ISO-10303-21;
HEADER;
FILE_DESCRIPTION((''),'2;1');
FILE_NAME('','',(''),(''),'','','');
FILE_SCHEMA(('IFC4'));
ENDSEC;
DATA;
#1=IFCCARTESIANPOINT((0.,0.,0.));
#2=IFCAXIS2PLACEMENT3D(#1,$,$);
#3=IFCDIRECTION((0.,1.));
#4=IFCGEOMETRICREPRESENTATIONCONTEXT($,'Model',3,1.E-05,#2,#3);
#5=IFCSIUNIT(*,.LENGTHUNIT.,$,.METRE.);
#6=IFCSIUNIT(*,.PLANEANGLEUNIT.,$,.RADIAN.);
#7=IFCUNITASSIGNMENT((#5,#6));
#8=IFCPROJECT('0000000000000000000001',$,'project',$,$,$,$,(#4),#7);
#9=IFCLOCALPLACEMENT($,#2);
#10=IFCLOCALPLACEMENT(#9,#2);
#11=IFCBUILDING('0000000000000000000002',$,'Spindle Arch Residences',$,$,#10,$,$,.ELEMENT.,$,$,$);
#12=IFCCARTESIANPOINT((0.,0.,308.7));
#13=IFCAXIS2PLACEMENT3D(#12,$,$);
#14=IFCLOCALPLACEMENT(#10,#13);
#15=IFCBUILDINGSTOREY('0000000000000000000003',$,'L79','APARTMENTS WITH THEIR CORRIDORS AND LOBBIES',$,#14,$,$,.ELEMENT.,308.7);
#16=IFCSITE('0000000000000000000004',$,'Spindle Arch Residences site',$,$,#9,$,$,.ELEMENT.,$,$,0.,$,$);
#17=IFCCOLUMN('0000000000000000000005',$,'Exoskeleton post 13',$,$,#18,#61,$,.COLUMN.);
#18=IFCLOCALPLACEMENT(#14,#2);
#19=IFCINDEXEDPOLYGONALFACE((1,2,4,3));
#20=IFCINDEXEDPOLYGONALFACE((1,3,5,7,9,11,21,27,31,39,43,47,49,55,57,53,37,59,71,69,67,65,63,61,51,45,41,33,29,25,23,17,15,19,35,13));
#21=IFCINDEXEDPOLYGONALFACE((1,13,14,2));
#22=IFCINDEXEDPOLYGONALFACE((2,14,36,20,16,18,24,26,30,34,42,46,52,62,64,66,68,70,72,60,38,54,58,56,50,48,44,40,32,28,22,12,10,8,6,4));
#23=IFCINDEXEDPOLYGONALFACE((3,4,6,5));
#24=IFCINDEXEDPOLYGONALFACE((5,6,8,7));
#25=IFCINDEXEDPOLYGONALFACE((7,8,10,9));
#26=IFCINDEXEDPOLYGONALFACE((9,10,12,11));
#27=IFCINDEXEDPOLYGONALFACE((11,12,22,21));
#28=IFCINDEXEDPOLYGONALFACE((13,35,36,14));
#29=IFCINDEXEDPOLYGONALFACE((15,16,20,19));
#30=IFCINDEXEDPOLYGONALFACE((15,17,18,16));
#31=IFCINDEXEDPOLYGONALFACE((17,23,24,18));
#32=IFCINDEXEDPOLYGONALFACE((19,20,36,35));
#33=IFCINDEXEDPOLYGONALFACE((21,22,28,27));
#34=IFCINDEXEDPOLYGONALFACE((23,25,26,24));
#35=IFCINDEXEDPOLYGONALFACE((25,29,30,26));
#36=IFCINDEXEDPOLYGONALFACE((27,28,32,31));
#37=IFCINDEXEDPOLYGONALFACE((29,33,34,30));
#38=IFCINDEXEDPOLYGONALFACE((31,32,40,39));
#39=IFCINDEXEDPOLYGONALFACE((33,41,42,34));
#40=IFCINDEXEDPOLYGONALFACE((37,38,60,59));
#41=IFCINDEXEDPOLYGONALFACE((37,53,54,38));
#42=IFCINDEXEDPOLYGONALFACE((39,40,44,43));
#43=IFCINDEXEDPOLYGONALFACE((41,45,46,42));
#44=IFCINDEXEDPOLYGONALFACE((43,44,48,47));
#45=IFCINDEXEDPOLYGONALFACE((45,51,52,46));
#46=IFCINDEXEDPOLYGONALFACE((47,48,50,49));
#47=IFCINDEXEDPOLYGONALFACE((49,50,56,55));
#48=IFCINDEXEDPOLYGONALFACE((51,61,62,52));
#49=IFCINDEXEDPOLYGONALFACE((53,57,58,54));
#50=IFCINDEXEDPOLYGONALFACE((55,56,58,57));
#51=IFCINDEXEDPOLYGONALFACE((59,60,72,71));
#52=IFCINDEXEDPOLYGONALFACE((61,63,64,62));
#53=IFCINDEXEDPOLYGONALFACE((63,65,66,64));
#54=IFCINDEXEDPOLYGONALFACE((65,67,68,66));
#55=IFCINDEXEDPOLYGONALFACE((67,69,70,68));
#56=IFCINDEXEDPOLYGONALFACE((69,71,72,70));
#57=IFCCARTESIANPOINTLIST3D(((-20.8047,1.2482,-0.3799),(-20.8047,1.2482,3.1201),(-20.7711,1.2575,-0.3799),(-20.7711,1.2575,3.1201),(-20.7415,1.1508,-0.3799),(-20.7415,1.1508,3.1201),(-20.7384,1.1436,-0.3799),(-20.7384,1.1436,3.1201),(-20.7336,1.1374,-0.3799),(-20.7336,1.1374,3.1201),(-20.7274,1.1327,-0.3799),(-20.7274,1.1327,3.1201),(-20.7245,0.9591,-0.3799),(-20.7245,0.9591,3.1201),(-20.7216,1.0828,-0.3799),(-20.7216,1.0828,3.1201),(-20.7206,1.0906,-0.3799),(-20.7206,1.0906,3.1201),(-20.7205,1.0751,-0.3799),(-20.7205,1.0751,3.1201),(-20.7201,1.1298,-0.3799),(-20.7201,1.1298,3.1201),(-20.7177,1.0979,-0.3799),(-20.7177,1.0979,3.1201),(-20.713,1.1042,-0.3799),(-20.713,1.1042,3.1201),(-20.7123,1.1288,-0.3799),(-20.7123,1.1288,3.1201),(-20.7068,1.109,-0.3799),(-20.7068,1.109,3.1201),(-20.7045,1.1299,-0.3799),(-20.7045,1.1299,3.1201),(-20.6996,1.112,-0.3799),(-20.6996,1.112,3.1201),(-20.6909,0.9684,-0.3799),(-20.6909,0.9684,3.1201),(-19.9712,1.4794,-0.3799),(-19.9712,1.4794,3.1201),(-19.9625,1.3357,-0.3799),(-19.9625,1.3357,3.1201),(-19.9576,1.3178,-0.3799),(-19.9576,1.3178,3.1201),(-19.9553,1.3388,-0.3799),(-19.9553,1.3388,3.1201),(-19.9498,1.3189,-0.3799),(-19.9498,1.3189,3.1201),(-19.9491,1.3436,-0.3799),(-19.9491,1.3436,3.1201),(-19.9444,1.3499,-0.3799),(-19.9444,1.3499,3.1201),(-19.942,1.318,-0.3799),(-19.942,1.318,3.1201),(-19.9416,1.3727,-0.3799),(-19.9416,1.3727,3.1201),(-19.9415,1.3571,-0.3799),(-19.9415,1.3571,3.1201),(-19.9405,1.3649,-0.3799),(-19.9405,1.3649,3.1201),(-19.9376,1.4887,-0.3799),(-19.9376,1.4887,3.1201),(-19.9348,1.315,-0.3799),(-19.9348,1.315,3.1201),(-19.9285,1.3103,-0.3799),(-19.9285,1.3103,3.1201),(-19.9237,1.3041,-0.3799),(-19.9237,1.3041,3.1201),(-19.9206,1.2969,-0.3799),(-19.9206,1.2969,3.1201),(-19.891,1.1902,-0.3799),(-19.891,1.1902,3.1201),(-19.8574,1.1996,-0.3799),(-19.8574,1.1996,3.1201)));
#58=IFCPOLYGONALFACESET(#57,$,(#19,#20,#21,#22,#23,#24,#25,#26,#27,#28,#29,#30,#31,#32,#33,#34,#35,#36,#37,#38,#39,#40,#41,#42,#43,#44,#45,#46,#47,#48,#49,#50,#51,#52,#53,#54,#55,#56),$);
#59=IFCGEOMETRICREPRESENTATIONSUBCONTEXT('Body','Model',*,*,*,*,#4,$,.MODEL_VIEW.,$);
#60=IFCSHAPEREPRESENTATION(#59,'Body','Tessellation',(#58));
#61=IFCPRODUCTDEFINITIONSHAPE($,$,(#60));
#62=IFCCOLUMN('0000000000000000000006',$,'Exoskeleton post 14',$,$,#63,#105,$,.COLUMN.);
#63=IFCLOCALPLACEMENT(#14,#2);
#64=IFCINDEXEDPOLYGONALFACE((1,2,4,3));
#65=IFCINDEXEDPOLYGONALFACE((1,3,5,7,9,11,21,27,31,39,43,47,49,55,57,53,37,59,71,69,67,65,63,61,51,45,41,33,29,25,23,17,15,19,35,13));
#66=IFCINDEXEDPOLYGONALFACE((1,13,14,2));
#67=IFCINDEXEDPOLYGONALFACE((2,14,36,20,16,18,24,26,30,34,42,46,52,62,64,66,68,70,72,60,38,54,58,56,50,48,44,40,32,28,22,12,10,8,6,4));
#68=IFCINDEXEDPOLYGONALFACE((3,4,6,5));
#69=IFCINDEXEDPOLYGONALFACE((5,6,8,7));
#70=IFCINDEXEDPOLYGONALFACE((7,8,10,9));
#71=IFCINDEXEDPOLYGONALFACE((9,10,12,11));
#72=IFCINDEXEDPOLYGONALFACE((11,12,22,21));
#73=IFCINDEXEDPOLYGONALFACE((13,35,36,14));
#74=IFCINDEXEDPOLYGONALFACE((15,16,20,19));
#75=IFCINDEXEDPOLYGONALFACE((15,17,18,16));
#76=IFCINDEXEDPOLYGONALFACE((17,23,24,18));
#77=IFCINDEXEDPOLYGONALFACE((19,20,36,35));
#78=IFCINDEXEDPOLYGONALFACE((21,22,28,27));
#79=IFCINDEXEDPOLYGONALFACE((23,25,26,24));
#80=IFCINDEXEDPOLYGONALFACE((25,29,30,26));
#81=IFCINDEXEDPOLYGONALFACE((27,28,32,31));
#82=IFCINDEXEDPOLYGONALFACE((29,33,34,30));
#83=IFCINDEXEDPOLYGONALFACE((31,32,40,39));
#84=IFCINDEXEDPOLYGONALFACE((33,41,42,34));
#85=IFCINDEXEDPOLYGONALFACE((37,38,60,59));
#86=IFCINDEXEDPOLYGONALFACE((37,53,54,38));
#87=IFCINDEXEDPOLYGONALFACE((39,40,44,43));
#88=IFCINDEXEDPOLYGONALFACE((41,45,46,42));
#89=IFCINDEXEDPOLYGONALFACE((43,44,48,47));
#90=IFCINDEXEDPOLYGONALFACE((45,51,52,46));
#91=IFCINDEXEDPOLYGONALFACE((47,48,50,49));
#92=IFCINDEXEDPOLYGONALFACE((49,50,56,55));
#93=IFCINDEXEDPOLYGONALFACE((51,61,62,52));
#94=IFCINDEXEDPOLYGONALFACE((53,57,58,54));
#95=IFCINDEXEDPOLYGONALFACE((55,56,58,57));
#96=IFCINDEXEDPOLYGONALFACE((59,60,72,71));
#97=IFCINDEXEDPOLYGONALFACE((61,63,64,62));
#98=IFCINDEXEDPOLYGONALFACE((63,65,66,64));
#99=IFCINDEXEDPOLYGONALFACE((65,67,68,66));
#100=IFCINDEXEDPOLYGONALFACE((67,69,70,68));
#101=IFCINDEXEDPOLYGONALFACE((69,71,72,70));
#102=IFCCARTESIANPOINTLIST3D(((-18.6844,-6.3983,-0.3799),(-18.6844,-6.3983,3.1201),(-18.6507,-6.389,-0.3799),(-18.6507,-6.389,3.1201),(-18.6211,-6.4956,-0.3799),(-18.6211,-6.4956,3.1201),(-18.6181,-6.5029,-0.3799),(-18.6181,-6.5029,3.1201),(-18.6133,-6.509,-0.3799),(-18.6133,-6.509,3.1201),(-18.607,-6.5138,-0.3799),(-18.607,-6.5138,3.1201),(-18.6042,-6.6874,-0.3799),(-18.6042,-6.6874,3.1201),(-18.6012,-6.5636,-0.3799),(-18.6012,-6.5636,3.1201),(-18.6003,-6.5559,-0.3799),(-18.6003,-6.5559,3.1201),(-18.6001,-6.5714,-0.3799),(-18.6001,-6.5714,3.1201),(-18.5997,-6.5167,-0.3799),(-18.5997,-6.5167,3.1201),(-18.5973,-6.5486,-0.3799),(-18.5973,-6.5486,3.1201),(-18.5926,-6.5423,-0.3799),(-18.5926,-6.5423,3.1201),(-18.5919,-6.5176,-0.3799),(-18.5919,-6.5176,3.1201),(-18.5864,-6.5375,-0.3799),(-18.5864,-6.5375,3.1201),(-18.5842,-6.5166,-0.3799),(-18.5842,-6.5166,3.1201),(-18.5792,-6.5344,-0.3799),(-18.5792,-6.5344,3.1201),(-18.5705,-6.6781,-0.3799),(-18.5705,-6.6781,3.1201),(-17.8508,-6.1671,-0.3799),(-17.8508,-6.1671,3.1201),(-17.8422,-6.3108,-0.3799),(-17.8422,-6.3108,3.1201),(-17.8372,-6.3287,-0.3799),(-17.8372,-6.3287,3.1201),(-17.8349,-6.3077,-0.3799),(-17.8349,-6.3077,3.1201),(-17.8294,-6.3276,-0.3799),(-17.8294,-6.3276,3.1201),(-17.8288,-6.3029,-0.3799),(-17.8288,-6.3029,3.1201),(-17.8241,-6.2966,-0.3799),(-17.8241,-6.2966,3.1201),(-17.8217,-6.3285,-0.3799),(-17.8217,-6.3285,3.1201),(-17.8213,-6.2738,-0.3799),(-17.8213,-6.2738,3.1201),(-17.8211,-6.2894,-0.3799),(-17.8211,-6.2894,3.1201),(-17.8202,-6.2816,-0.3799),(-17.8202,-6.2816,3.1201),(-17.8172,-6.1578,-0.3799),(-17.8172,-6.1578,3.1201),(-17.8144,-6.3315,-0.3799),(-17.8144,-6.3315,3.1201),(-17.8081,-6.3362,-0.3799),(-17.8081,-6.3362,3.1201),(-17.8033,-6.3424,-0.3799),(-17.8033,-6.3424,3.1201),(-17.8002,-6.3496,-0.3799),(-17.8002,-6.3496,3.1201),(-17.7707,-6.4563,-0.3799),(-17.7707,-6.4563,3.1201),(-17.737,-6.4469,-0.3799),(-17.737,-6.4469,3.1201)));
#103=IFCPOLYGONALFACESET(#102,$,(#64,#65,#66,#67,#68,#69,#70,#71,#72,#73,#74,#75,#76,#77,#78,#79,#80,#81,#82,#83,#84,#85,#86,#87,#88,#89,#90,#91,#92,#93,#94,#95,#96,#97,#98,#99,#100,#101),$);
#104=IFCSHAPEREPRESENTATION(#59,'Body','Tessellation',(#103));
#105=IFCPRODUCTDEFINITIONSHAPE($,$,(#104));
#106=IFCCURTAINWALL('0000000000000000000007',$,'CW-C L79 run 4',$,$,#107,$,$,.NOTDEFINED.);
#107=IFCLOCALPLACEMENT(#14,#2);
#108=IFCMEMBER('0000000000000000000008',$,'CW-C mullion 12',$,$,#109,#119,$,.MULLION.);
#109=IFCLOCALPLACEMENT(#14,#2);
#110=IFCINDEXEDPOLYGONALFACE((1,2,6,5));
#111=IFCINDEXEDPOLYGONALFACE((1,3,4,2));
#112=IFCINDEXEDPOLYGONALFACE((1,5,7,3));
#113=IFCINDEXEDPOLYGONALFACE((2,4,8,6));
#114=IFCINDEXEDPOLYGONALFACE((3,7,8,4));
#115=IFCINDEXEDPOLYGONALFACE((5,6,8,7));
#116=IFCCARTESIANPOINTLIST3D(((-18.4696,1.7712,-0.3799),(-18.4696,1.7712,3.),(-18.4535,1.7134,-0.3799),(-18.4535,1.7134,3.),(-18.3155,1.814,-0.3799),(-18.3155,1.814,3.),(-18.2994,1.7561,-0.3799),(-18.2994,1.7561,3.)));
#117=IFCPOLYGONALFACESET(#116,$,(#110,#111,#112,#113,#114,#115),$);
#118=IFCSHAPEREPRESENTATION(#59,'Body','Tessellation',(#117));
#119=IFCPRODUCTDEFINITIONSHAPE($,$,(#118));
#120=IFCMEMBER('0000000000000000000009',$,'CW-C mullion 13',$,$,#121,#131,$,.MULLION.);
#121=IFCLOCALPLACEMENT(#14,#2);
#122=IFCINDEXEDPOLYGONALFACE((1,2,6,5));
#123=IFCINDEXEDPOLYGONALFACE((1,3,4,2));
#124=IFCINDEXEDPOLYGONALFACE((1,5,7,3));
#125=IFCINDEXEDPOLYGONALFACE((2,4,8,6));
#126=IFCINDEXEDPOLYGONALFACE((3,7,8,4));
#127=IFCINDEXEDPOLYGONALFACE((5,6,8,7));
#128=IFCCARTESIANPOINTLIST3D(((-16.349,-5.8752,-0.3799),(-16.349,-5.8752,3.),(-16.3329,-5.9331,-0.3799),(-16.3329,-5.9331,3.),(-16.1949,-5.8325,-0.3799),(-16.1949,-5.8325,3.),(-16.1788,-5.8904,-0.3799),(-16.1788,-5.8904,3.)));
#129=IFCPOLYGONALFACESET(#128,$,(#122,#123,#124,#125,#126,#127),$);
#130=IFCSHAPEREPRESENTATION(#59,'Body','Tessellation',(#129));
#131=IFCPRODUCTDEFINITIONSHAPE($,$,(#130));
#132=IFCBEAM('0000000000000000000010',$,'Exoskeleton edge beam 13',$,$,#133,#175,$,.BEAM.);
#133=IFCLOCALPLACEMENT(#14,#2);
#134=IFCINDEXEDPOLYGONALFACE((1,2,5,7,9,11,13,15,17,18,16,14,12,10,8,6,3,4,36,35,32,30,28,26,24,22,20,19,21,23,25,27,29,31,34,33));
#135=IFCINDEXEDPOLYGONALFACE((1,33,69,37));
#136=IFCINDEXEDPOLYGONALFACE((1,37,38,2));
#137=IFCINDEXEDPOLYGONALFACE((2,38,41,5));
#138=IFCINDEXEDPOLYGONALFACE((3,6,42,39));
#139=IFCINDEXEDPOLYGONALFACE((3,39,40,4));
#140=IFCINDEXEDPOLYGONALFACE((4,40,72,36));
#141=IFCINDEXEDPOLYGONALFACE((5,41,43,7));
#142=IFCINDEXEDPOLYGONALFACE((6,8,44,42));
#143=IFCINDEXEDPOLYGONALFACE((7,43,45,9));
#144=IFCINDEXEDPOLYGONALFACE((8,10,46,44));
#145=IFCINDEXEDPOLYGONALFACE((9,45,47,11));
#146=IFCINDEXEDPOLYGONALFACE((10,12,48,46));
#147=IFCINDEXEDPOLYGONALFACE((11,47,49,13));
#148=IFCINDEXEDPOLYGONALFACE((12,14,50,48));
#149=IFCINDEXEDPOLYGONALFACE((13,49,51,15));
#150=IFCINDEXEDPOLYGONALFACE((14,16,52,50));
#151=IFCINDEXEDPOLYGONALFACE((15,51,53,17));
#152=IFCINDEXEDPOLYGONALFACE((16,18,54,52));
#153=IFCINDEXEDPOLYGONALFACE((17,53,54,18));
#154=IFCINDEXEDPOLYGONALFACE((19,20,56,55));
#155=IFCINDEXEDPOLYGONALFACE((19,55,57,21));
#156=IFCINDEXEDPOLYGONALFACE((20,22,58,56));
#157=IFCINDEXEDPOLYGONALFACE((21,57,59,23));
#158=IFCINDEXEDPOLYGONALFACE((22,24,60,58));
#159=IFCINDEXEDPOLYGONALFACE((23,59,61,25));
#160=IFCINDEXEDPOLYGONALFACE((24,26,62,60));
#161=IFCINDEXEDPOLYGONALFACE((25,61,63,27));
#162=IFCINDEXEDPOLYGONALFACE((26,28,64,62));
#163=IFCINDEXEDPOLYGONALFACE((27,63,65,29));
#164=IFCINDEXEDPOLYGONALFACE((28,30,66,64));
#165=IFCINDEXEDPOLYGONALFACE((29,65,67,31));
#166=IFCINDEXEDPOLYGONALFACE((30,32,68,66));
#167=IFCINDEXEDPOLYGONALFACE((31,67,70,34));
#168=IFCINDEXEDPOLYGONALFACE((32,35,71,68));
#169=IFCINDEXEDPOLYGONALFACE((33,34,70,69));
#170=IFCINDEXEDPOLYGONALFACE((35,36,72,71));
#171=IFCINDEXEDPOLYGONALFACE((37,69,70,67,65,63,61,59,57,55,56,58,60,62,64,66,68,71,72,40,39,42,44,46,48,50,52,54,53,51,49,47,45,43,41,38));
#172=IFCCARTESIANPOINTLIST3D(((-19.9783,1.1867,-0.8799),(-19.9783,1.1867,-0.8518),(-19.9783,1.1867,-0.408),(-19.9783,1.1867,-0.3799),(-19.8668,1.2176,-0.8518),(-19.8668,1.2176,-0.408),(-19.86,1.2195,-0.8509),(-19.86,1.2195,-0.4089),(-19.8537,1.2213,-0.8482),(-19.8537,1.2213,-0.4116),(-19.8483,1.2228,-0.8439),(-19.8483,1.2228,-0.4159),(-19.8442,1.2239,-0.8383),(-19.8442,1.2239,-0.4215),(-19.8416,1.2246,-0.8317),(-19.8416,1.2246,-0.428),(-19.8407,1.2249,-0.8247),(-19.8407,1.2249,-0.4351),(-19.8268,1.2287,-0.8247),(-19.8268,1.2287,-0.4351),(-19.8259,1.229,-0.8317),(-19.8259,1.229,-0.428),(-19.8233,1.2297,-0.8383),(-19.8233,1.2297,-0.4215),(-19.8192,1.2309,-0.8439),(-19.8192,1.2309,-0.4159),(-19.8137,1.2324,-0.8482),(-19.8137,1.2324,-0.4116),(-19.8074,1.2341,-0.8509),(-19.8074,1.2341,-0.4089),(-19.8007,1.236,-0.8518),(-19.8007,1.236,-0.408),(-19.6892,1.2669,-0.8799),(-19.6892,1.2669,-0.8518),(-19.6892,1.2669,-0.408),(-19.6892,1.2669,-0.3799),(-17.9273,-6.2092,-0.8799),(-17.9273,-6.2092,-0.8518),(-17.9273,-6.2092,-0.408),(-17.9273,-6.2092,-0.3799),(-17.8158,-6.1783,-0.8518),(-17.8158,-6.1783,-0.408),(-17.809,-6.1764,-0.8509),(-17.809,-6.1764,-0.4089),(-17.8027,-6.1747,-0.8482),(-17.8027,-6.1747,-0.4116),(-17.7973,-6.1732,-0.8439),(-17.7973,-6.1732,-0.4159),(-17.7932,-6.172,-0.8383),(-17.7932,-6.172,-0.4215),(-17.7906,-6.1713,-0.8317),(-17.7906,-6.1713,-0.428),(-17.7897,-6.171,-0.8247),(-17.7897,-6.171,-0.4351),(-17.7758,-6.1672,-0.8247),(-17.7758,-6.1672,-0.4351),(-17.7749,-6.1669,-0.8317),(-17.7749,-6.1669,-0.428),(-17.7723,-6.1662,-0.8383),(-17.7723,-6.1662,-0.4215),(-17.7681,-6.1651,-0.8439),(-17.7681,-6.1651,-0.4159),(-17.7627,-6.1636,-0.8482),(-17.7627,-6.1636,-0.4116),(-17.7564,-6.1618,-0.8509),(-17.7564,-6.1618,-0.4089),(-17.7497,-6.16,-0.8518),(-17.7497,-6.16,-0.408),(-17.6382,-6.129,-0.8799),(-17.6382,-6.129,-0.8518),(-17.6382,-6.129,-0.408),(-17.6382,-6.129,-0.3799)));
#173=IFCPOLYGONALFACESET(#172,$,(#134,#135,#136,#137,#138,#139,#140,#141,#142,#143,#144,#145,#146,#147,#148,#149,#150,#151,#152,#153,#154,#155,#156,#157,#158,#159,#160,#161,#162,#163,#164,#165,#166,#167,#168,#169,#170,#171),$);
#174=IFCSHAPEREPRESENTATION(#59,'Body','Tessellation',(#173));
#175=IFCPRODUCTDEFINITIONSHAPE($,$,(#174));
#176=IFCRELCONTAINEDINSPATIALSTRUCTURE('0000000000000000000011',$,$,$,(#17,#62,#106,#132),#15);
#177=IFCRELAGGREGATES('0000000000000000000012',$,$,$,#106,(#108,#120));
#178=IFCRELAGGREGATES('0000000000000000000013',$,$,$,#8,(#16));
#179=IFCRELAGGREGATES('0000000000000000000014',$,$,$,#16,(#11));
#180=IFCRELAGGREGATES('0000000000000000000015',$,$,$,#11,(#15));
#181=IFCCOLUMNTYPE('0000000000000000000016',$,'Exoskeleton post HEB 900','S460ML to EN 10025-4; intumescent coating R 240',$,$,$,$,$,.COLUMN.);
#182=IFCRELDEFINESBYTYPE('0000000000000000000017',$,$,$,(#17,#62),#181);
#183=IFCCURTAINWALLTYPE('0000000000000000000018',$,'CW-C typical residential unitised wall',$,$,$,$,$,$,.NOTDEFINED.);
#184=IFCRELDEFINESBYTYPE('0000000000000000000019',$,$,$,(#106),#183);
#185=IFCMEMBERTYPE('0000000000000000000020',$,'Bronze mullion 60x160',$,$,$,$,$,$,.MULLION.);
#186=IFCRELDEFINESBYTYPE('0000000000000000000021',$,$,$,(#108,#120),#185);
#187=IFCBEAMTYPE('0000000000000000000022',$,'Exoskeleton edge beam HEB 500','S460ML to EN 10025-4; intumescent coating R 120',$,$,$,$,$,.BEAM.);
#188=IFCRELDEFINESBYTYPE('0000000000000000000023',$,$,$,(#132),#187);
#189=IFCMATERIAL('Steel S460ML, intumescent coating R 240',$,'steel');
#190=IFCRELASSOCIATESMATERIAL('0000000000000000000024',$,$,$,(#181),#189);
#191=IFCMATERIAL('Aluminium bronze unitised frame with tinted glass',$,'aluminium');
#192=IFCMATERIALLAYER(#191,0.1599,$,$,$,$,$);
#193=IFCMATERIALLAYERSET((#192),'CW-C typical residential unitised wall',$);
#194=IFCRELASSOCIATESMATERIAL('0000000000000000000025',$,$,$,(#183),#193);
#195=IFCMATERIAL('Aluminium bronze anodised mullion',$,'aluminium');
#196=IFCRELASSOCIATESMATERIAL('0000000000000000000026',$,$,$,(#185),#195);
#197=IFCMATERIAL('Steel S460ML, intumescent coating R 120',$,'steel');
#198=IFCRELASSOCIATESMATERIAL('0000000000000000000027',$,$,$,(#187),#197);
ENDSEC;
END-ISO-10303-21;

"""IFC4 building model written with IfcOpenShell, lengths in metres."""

from ifc_helpers import new_model, si_unit, direction, frame, origin, origin_2d, place, context, subcontext, project, spatial, rectangle, i_section, extrude, material, layer, layer_set, material_profile, profile_set, type_object, element, aggregate, save


model = new_model("IFC4")

# Units and contexts
model_context = context("Model", 3, precision=1e-05, world=origin(), true_north=direction((0.0, 1.0)))
body_context = subcontext(model_context, "Body", "Model", "MODEL_VIEW")
ifc_project = project(units=[si_unit("LENGTHUNIT", "METRE"), si_unit("PLANEANGLEUNIT", "RADIAN")], contexts=[model_context])

# Site, building, storey
site_placement = place(None, origin())
site = spatial("IfcSite", under=ifc_project, at=site_placement, Name="Spindle Arch Residences site", CompositionType="ELEMENT", RefElevation=0.0)
building_placement = place(site_placement, origin())
building = spatial("IfcBuilding", under=site, at=building_placement, Name="Spindle Arch Residences", CompositionType="ELEMENT")
storey_placement = place(building_placement, frame((0.0, 0.0, 308.7)))
storey = spatial("IfcBuildingStorey", under=building, at=storey_placement, Name="L79", Description="APARTMENTS WITH THEIR CORRIDORS AND LOBBIES", CompositionType="ELEMENT", Elevation=308.7)

# Columns
ifc_material_1 = material(Name="Steel S460ML, intumescent coating R 240", Category="steel")
ifc_material_profile_1 = material_profile(ifc_material_1, i_section(OverallWidth=0.3, OverallDepth=0.8999, WebThickness=0.0186, FlangeThickness=0.0349, FilletRadius=0.03, at=origin_2d()), Name="HEB 900")
ifc_profile_set_1 = profile_set([ifc_material_profile_1], Name="Steel S460ML, intumescent coating R 240")
column_type = type_object("IfcColumnType", Name="Exoskeleton post HEB 900", Description="S460ML to EN 10025-4; intumescent coating R 240", PredefinedType="COLUMN", material=ifc_profile_set_1)
for number, where, z_axis, x_axis, name in (
    (1, (-20.3311, 1.2239, -0.3799), (0.0, 0.0, 1.0), (-0.267238, 0.963631, 0.0), "Exoskeleton post 13"),
    (2, (-18.2107, -6.4226, -0.3799), (0.0, 0.0, 1.0), (-0.267238, 0.963631, 0.0), "Exoskeleton post 14"),
):
    element("IfcColumn", number, at=place(storey_placement, frame(where, z_axis=z_axis, x_axis=x_axis)), inside=storey, type_object=column_type, Name=name, PredefinedType="COLUMN", context=body_context, shape_type="SweptSolid", body=[
        extrude(i_section(OverallWidth=0.3, OverallDepth=0.8999, WebThickness=0.0186, FlangeThickness=0.0349, FilletRadius=0.03, at=origin_2d()), origin(), (0.0, 0.0, 1.0), 3.5),
    ])

# Curtain wall, members
ifc_material_2 = material(Name="Aluminium bronze unitised frame with tinted glass", Category="aluminium")
ifc_layer_1 = layer(ifc_material_2, 0.1599)
ifc_layer_set_1 = layer_set([ifc_layer_1], Name="CW-C typical residential unitised wall")
curtain_wall_type = type_object("IfcCurtainWallType", Name="CW-C typical residential unitised wall", PredefinedType="NOTDEFINED", material=ifc_layer_set_1)
curtain_wall_placement = place(storey_placement, origin())
curtain_wall = element("IfcCurtainWall", 3, at=curtain_wall_placement, inside=storey, type_object=curtain_wall_type, Name="CW-C L79 run 4", PredefinedType="NOTDEFINED")
ifc_material_3 = material(Name="Aluminium bronze anodised mullion", Category="aluminium")
ifc_material_profile_2 = material_profile(ifc_material_3, rectangle(XDim=0.1599, YDim=0.0601, at=origin_2d()), Name="MU 60x160")
ifc_profile_set_2 = profile_set([ifc_material_profile_2], Name="Aluminium bronze anodised mullion")
member_type = type_object("IfcMemberType", Name="Bronze mullion 60x160", PredefinedType="MULLION", material=ifc_profile_set_2)
member_1_placement = place(storey_placement, frame((-18.3845, 1.7637, -0.3799), z_axis=(0.0, 0.0, 1.0), x_axis=(0.96363, 0.267238, 0.0)))
member_1 = element("IfcMember", 4, at=member_1_placement, type_object=member_type, Name="CW-C mullion 12", PredefinedType="MULLION", context=body_context, shape_type="SweptSolid", body=[
    extrude(rectangle(XDim=0.1599, YDim=0.0601, at=origin_2d()), origin(), (0.0, 0.0, 1.0), 3.3799),
])
member_2_placement = place(storey_placement, frame((-16.2639, -5.8828, -0.3799), z_axis=(0.0, 0.0, 1.0), x_axis=(0.96363, 0.267238, 0.0)))
member_2 = element("IfcMember", 5, at=member_2_placement, type_object=member_type, Name="CW-C mullion 13", PredefinedType="MULLION", context=body_context, shape_type="SweptSolid", body=[
    extrude(rectangle(XDim=0.1599, YDim=0.0601, at=origin_2d()), origin(), (0.0, 0.0, 1.0), 3.3799),
])

# Beam
ifc_material_4 = material(Name="Steel S460ML, intumescent coating R 120", Category="steel")
ifc_material_profile_3 = material_profile(ifc_material_4, i_section(OverallWidth=0.3, OverallDepth=0.5, WebThickness=0.0144, FlangeThickness=0.0281, FilletRadius=0.0271, at=origin_2d()), Name="HEB 500")
ifc_profile_set_3 = profile_set([ifc_material_profile_3], Name="Steel S460ML, intumescent coating R 120")
beam_type_1 = type_object("IfcBeamType", Name="Exoskeleton edge beam HEB 500", Description="S460ML to EN 10025-4; intumescent coating R 120", PredefinedType="BEAM", material=ifc_profile_set_3)
beam_1_placement = place(storey_placement, frame((-19.8337, 1.2268, -0.6299), z_axis=(0.26723, -0.963633, 0.0), x_axis=(0.963633, 0.26723, 0.0)))
element("IfcBeam", 6, at=beam_1_placement, inside=storey, type_object=beam_type_1, Name="Exoskeleton edge beam 13", PredefinedType="BEAM", context=body_context, shape_type="SweptSolid", body=[
    extrude(i_section(OverallWidth=0.3, OverallDepth=0.5, WebThickness=0.0144, FlangeThickness=0.0281, FilletRadius=0.0271, at=origin_2d()), origin(), (0.0, 0.0, 1.0), 7.675),
])

aggregate(curtain_wall, [member_1, member_2])

save(model, "model.ifc")
